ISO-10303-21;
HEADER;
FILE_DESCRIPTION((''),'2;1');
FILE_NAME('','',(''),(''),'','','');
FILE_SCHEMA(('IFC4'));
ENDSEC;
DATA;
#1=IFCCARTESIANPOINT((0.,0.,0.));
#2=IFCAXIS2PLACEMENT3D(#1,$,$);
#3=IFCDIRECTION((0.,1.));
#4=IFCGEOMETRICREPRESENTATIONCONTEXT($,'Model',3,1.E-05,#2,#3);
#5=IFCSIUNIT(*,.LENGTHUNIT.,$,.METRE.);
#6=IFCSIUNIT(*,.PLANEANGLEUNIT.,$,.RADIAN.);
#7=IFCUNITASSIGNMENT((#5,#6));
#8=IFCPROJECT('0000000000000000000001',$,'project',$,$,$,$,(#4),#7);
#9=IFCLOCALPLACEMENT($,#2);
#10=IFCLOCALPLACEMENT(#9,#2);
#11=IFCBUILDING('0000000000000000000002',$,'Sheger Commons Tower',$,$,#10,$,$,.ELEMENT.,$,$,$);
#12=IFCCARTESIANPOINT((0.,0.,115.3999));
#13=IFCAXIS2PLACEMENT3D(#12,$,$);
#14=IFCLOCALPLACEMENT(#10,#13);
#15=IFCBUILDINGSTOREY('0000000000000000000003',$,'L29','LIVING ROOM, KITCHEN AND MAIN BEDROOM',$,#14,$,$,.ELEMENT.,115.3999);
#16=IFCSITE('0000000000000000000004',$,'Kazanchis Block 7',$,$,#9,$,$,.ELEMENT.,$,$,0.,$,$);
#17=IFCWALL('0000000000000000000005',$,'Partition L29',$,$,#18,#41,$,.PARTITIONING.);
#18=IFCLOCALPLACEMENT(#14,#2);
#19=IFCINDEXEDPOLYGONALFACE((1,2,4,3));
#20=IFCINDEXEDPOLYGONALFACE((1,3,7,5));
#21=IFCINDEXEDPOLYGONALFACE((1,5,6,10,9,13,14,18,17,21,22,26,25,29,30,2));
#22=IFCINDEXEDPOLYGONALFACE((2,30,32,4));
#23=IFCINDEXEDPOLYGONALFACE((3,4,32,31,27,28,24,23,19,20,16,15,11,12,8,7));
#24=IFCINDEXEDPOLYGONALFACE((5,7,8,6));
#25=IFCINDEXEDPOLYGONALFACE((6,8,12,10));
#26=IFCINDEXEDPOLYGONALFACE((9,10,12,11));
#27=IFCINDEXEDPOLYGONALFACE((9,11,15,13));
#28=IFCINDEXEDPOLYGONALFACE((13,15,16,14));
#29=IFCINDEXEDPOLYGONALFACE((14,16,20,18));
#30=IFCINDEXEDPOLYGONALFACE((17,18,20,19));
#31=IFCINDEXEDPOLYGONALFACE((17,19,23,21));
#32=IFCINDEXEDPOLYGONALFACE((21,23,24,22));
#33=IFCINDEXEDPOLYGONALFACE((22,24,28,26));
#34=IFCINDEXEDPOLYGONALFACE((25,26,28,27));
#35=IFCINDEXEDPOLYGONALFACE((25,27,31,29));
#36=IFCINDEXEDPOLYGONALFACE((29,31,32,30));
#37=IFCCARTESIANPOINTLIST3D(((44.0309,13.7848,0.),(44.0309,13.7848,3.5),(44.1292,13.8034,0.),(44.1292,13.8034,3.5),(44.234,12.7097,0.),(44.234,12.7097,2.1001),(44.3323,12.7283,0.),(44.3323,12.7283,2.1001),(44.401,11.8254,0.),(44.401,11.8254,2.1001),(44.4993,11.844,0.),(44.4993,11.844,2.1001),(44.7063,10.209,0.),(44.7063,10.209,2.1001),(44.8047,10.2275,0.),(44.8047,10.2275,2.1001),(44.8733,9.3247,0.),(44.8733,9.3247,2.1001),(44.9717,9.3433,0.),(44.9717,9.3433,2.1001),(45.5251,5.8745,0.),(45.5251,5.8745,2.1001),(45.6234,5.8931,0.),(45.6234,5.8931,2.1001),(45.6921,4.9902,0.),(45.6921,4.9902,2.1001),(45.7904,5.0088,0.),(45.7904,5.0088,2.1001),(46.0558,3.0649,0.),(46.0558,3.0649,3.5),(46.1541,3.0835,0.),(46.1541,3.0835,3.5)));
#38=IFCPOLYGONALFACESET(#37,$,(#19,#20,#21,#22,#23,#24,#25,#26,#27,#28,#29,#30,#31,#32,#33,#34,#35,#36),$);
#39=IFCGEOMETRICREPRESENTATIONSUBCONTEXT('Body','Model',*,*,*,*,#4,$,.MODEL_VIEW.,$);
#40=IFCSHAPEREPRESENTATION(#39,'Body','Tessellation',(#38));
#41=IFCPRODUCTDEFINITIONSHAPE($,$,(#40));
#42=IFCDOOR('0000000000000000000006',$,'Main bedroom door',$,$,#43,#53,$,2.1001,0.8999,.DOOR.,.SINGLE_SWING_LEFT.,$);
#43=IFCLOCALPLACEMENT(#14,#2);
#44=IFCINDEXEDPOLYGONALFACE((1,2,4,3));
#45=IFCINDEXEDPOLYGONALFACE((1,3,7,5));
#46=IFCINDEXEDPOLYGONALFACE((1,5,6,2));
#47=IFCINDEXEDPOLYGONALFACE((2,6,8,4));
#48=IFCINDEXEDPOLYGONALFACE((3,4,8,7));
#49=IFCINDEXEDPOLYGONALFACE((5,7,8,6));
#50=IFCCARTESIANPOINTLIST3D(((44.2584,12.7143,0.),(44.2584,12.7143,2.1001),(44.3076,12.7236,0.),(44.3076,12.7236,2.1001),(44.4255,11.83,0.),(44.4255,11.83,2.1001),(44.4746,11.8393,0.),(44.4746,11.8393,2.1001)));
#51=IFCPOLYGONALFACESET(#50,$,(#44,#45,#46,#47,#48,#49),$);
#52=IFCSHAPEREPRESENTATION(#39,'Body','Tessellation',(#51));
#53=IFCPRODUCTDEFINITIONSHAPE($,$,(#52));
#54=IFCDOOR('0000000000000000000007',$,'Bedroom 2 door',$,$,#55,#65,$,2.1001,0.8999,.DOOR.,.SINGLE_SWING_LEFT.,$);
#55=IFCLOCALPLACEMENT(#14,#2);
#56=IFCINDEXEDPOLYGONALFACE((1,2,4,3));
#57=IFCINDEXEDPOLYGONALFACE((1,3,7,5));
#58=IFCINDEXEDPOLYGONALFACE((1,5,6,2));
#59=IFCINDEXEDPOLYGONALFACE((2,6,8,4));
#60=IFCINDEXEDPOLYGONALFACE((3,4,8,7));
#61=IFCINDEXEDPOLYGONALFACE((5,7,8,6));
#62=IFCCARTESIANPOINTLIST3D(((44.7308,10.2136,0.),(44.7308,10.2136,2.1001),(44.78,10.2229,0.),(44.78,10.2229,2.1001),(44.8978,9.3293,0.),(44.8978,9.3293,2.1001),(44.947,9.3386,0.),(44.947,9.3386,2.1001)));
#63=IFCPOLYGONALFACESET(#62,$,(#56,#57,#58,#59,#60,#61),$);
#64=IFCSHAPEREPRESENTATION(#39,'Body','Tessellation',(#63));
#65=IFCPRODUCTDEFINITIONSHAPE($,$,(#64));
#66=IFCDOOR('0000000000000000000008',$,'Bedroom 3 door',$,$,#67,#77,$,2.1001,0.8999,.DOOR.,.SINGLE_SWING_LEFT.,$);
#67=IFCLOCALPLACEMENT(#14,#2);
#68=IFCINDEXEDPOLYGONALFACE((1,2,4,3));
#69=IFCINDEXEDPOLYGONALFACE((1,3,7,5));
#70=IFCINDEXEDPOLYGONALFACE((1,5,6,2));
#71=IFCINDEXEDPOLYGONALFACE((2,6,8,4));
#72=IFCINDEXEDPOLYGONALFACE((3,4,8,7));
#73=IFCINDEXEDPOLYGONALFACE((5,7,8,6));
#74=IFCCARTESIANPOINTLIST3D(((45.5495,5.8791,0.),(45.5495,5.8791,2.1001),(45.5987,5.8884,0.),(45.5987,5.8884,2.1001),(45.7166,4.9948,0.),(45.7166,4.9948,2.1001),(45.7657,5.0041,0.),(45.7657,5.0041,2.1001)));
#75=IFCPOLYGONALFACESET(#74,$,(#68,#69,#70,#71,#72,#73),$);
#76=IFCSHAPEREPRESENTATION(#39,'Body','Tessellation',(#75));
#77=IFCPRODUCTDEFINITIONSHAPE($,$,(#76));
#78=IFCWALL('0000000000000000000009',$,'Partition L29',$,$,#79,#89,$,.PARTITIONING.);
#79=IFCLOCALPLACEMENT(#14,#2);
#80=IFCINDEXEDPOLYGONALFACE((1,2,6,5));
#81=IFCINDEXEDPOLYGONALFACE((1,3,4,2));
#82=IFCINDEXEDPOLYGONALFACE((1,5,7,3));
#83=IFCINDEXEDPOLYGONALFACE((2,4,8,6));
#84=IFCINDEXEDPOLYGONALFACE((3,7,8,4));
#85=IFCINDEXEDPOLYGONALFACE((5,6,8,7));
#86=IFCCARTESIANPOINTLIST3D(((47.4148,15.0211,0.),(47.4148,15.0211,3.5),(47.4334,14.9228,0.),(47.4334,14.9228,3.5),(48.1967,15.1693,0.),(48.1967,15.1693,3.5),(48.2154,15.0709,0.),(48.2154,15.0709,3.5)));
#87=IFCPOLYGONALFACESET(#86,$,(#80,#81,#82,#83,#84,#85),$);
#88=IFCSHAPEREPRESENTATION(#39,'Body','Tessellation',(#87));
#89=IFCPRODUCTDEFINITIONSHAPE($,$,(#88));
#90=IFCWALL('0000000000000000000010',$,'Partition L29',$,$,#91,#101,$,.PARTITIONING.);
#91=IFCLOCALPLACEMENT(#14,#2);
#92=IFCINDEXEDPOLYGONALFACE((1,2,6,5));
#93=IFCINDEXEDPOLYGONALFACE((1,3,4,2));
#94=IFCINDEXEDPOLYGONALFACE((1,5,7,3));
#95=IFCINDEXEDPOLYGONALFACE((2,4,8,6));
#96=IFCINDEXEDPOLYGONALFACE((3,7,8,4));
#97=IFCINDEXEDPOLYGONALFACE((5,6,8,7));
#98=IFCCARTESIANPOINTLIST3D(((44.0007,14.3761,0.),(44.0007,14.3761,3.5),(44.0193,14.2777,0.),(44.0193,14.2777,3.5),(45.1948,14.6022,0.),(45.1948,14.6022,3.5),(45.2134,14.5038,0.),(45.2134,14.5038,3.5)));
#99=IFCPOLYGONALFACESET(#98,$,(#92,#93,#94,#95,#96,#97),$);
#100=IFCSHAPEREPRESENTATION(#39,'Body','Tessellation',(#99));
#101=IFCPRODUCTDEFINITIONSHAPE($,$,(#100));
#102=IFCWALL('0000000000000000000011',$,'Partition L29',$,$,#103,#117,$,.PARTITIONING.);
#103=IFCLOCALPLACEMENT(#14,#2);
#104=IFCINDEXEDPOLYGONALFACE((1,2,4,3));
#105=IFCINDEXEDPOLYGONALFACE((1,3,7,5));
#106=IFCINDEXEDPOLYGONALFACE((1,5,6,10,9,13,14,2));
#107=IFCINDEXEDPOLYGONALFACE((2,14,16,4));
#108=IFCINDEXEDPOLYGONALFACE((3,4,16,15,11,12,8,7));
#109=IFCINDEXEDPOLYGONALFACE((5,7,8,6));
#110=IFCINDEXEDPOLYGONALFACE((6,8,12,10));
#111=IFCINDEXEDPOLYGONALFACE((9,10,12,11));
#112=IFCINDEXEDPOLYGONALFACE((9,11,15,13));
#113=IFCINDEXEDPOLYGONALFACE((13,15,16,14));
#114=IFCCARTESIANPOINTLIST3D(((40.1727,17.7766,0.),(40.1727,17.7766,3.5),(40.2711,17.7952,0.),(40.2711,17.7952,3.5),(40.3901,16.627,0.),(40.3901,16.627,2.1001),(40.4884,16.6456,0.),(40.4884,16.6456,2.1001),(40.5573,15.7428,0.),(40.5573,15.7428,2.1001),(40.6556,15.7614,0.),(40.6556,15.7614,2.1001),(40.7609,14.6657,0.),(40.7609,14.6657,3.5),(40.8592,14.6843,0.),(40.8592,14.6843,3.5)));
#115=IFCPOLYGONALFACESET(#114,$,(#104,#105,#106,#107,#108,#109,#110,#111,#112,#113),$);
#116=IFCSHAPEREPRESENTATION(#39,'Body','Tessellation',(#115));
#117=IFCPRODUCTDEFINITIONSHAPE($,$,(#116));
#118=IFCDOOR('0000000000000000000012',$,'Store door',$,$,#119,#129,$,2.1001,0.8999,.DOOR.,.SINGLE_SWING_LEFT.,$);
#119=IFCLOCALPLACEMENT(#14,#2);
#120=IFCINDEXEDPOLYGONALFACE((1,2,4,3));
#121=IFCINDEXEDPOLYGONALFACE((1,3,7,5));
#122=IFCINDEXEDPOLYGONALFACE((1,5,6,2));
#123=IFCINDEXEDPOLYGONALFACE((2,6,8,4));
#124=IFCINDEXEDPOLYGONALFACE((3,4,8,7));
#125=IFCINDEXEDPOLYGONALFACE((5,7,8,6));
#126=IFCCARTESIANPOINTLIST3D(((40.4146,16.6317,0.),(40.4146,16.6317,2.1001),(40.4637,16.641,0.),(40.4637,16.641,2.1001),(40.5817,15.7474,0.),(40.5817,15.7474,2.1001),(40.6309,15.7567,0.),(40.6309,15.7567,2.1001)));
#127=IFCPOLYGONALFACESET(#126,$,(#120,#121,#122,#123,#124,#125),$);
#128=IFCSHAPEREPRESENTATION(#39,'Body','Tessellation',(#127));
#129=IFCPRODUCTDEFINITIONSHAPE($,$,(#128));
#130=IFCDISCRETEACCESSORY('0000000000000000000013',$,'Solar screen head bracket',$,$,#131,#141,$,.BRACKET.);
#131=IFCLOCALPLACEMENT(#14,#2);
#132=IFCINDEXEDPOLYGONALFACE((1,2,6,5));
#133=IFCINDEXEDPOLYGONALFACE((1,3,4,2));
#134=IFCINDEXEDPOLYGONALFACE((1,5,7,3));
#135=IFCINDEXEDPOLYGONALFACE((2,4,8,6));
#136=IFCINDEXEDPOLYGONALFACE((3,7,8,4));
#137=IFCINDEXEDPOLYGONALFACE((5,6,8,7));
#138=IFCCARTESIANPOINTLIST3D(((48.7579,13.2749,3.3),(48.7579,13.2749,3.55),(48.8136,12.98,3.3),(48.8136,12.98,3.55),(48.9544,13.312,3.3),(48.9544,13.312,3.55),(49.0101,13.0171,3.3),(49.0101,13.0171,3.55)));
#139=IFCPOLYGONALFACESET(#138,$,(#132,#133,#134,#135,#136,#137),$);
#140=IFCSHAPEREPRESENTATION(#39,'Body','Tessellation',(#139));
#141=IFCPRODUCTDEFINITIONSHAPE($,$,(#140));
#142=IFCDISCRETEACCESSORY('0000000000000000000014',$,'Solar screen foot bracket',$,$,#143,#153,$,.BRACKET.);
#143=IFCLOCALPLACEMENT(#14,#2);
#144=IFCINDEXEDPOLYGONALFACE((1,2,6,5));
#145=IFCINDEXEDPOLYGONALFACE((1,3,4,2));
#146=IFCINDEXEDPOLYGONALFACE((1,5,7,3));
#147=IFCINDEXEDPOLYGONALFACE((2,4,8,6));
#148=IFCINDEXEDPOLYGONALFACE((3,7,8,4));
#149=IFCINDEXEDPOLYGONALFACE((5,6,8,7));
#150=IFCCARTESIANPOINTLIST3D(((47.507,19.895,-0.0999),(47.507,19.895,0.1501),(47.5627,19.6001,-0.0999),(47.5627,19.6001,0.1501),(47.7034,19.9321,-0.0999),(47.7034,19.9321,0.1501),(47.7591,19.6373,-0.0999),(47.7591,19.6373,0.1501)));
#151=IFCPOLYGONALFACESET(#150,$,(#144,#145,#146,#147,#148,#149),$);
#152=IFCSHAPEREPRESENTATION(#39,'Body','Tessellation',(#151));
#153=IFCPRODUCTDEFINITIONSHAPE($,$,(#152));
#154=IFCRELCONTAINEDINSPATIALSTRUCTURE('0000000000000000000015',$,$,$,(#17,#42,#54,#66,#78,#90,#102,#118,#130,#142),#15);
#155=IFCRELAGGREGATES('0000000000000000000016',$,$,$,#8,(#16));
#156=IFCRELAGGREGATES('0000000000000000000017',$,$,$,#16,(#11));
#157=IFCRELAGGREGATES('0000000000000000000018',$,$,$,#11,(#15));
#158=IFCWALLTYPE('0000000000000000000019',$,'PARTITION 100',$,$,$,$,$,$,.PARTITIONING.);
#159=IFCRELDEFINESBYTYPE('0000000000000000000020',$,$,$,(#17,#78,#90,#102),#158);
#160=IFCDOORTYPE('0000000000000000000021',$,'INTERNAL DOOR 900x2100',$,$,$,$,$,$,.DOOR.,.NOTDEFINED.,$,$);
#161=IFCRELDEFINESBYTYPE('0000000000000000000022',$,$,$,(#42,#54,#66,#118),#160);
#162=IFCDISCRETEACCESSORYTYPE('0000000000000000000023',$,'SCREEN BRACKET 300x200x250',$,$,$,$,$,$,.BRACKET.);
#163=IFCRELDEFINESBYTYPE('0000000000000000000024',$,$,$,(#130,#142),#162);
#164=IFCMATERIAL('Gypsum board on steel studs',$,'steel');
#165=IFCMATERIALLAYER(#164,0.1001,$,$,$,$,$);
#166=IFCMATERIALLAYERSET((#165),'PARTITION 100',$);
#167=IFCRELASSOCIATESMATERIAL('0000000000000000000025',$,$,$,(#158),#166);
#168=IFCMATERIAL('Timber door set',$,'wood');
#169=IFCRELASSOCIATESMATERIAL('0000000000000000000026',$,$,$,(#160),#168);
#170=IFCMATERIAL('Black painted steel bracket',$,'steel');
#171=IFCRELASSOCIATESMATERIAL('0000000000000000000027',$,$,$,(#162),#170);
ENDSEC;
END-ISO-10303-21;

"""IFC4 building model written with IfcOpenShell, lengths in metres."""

from ifc_helpers import new_model, si_unit, direction, frame, frame_2d, origin, origin_2d, place, context, subcontext, project, spatial, rectangle, extrude, material, layer, layer_set, type_object, element, fill, save


model = new_model("IFC4")

# Units and contexts
model_context = context("Model", 3, precision=1e-05, world=origin(), true_north=direction((0.0, 1.0)))
body_context = subcontext(model_context, "Body", "Model", "MODEL_VIEW")
ifc_project = project(units=[si_unit("LENGTHUNIT", "METRE"), si_unit("PLANEANGLEUNIT", "RADIAN")], contexts=[model_context])

# Site, building, storey
site_placement = place(None, origin())
site = spatial("IfcSite", under=ifc_project, at=site_placement, Name="Kazanchis Block 7", CompositionType="ELEMENT", RefElevation=0.0)
building_placement = place(site_placement, origin())
building = spatial("IfcBuilding", under=site, at=building_placement, Name="Sheger Commons Tower", CompositionType="ELEMENT")
storey_placement = place(building_placement, frame((0.0, 0.0, 115.3999)))
storey = spatial("IfcBuildingStorey", under=building, at=storey_placement, Name="L29", Description="LIVING ROOM, KITCHEN AND MAIN BEDROOM", CompositionType="ELEMENT", Elevation=115.3999)

# Shared definitions
ifc_material_1 = material(Name="Gypsum board on steel studs", Category="steel")
ifc_layer_1 = layer(ifc_material_1, 0.1001)
ifc_layer_set_1 = layer_set([ifc_layer_1], Name="PARTITION 100")
wall_type_1 = type_object("IfcWallType", Name="PARTITION 100", PredefinedType="PARTITIONING", material=ifc_layer_set_1)

# Wall, openings, doors
wall_1_placement = place(storey_placement, frame((44.0801, 13.7939, 0.0), z_axis=(0.0, 0.0, 1.0), x_axis=(0.185608, -0.982624, 0.0)))
wall_1 = element("IfcWall", 1, at=wall_1_placement, inside=storey, type_object=wall_type_1, Name="Partition L29", PredefinedType="PARTITIONING", context=body_context, shape_type="SweptSolid", body=[
    extrude(rectangle(XDim=10.9094, YDim=0.1001, at=frame_2d((5.4546, 0.0))), origin(), (0.0, 0.0, 1.0), 3.5),
])
opening_1_placement = place(wall_1_placement, frame((1.094, 0.0, 0.0)))
opening_1 = element("IfcOpeningElement", 2, at=opening_1_placement, cuts=wall_1, PredefinedType="OPENING", context=body_context, shape_type="SweptSolid", body=[
    extrude(rectangle(XDim=0.8999, YDim=2.1001, at=frame_2d((0.45, 1.05))), frame((0.0, 0.0601, 0.0), z_axis=(0.0, -1.0, 0.0), x_axis=(1.0, 0.0, 0.0)), (0.0, 0.0, 1.0), 0.1201),
])
opening_2_placement = place(wall_1_placement, frame((3.6389, 0.0, 0.0)))
opening_2 = element("IfcOpeningElement", 3, at=opening_2_placement, cuts=wall_1, PredefinedType="OPENING", context=body_context, shape_type="SweptSolid", body=[
    extrude(rectangle(XDim=0.8999, YDim=2.1001, at=frame_2d((0.45, 1.05))), frame((0.0, 0.0601, 0.0), z_axis=(0.0, -1.0, 0.0), x_axis=(1.0, 0.0, 0.0)), (0.0, 0.0, 1.0), 0.1201),
])
opening_3_placement = place(wall_1_placement, frame((8.05, 0.0, 0.0)))
opening_3 = element("IfcOpeningElement", 4, at=opening_3_placement, cuts=wall_1, PredefinedType="OPENING", context=body_context, shape_type="SweptSolid", body=[
    extrude(rectangle(XDim=0.8999, YDim=2.1001, at=frame_2d((0.45, 1.05))), frame((0.0, 0.0601, 0.0), z_axis=(0.0, -1.0, 0.0), x_axis=(1.0, 0.0, 0.0)), (0.0, 0.0, 1.0), 0.1201),
])
ifc_material_2 = material(Name="Timber door set", Category="wood")
door_type = type_object("IfcDoorType", Name="INTERNAL DOOR 900x2100", OperationType="NOTDEFINED", PredefinedType="DOOR", material=ifc_material_2)
door_1_placement = place(opening_1_placement, origin())
door_1 = element("IfcDoor", 5, at=door_1_placement, inside=storey, type_object=door_type, Name="Main bedroom door", OperationType="SINGLE_SWING_LEFT", OverallHeight=2.1001, OverallWidth=0.8999, PredefinedType="DOOR", context=body_context, shape_type="SweptSolid", body=[
    extrude(rectangle(XDim=0.8999, YDim=2.1001, at=frame_2d((0.45, 1.05))), frame((0.0, 0.0249, 0.0), z_axis=(0.0, -1.0, 0.0), x_axis=(1.0, 0.0, 0.0)), (0.0, 0.0, 1.0), 0.05),
])
fill(opening_1, door_1)
door_2_placement = place(opening_2_placement, origin())
door_2 = element("IfcDoor", 6, at=door_2_placement, inside=storey, type_object=door_type, Name="Bedroom 2 door", OperationType="SINGLE_SWING_LEFT", OverallHeight=2.1001, OverallWidth=0.8999, PredefinedType="DOOR", context=body_context, shape_type="SweptSolid", body=[
    extrude(rectangle(XDim=0.8999, YDim=2.1001, at=frame_2d((0.45, 1.05))), frame((0.0, 0.0249, 0.0), z_axis=(0.0, -1.0, 0.0), x_axis=(1.0, 0.0, 0.0)), (0.0, 0.0, 1.0), 0.05),
])
fill(opening_2, door_2)
door_3_placement = place(opening_3_placement, origin())
door_3 = element("IfcDoor", 7, at=door_3_placement, inside=storey, type_object=door_type, Name="Bedroom 3 door", OperationType="SINGLE_SWING_LEFT", OverallHeight=2.1001, OverallWidth=0.8999, PredefinedType="DOOR", context=body_context, shape_type="SweptSolid", body=[
    extrude(rectangle(XDim=0.8999, YDim=2.1001, at=frame_2d((0.45, 1.05))), frame((0.0, 0.0249, 0.0), z_axis=(0.0, -1.0, 0.0), x_axis=(1.0, 0.0, 0.0)), (0.0, 0.0, 1.0), 0.05),
])
fill(opening_3, door_3)

# Walls
wall_2_placement = place(storey_placement, frame((48.2061, 15.1201, 0.0), z_axis=(0.0, 0.0, 1.0), x_axis=(-0.982513, -0.186196, 0.0)))
element("IfcWall", 8, at=wall_2_placement, inside=storey, type_object=wall_type_1, Name="Partition L29", PredefinedType="PARTITIONING", context=body_context, shape_type="SweptSolid", body=[
    extrude(rectangle(XDim=0.7959, YDim=0.1001, at=frame_2d((0.3979, 0.0))), origin(), (0.0, 0.0, 1.0), 3.5),
])
wall_3_placement = place(storey_placement, frame((45.2041, 14.553, 0.0), z_axis=(0.0, 0.0, 1.0), x_axis=(-0.982545, -0.186023, 0.0)))
element("IfcWall", 9, at=wall_3_placement, inside=storey, type_object=wall_type_1, Name="Partition L29", PredefinedType="PARTITIONING", context=body_context, shape_type="SweptSolid", body=[
    extrude(rectangle(XDim=1.2153, YDim=0.1001, at=frame_2d((0.6077, 0.0))), origin(), (0.0, 0.0, 1.0), 3.5),
])

# Wall, opening, door
wall_4_placement = place(storey_placement, frame((40.2219, 17.7859, 0.0), z_axis=(0.0, 0.0, 1.0), x_axis=(0.185769, -0.982593, 0.0)))
wall_4 = element("IfcWall", 10, at=wall_4_placement, inside=storey, type_object=wall_type_1, Name="Partition L29", PredefinedType="PARTITIONING", context=body_context, shape_type="SweptSolid", body=[
    extrude(rectangle(XDim=3.166, YDim=0.1001, at=frame_2d((1.583, 0.0))), origin(), (0.0, 0.0, 1.0), 3.5),
])
opening_4_placement = place(wall_4_placement, frame((1.1699, 0.0, 0.0)))
opening_4 = element("IfcOpeningElement", 11, at=opening_4_placement, cuts=wall_4, PredefinedType="OPENING", context=body_context, shape_type="SweptSolid", body=[
    extrude(rectangle(XDim=0.8999, YDim=2.1001, at=frame_2d((0.45, 1.05))), frame((0.0, 0.0601, 0.0), z_axis=(0.0, -1.0, 0.0), x_axis=(1.0, 0.0, 0.0)), (0.0, 0.0, 1.0), 0.1201),
])
door_4_placement = place(opening_4_placement, origin())
door_4 = element("IfcDoor", 12, at=door_4_placement, inside=storey, type_object=door_type, Name="Store door", OperationType="SINGLE_SWING_LEFT", OverallHeight=2.1001, OverallWidth=0.8999, PredefinedType="DOOR", context=body_context, shape_type="SweptSolid", body=[
    extrude(rectangle(XDim=0.8999, YDim=2.1001, at=frame_2d((0.45, 1.05))), frame((0.0, 0.0249, 0.0), z_axis=(0.0, -1.0, 0.0), x_axis=(1.0, 0.0, 0.0)), (0.0, 0.0, 1.0), 0.05),
])
fill(opening_4, door_4)

# Discrete accessories
ifc_material_3 = material(Name="Black painted steel bracket", Category="steel")
discrete_accessory_type = type_object("IfcDiscreteAccessoryType", Name="SCREEN BRACKET 300x200x250", PredefinedType="BRACKET", material=ifc_material_3)
for number, where, z_axis, x_axis, name in (
    (13, (48.884, 13.146, 3.3), (0.0, 0.0, 1.0), (-0.185615, 0.982623, 0.0), "Solar screen head bracket"),
    (14, (47.6331, 19.7661, -0.0999), (0.0, 0.0, 1.0), (-0.185615, 0.982623, 0.0), "Solar screen foot bracket"),
):
    element("IfcDiscreteAccessory", number, at=place(storey_placement, frame(where, z_axis=z_axis, x_axis=x_axis)), inside=storey, type_object=discrete_accessory_type, Name=name, PredefinedType="BRACKET", context=body_context, shape_type="SweptSolid", body=[
        extrude(rectangle(XDim=0.3, YDim=0.2, at=origin_2d()), origin(), (0.0, 0.0, 1.0), 0.25),
    ])

save(model, "model.ifc")
